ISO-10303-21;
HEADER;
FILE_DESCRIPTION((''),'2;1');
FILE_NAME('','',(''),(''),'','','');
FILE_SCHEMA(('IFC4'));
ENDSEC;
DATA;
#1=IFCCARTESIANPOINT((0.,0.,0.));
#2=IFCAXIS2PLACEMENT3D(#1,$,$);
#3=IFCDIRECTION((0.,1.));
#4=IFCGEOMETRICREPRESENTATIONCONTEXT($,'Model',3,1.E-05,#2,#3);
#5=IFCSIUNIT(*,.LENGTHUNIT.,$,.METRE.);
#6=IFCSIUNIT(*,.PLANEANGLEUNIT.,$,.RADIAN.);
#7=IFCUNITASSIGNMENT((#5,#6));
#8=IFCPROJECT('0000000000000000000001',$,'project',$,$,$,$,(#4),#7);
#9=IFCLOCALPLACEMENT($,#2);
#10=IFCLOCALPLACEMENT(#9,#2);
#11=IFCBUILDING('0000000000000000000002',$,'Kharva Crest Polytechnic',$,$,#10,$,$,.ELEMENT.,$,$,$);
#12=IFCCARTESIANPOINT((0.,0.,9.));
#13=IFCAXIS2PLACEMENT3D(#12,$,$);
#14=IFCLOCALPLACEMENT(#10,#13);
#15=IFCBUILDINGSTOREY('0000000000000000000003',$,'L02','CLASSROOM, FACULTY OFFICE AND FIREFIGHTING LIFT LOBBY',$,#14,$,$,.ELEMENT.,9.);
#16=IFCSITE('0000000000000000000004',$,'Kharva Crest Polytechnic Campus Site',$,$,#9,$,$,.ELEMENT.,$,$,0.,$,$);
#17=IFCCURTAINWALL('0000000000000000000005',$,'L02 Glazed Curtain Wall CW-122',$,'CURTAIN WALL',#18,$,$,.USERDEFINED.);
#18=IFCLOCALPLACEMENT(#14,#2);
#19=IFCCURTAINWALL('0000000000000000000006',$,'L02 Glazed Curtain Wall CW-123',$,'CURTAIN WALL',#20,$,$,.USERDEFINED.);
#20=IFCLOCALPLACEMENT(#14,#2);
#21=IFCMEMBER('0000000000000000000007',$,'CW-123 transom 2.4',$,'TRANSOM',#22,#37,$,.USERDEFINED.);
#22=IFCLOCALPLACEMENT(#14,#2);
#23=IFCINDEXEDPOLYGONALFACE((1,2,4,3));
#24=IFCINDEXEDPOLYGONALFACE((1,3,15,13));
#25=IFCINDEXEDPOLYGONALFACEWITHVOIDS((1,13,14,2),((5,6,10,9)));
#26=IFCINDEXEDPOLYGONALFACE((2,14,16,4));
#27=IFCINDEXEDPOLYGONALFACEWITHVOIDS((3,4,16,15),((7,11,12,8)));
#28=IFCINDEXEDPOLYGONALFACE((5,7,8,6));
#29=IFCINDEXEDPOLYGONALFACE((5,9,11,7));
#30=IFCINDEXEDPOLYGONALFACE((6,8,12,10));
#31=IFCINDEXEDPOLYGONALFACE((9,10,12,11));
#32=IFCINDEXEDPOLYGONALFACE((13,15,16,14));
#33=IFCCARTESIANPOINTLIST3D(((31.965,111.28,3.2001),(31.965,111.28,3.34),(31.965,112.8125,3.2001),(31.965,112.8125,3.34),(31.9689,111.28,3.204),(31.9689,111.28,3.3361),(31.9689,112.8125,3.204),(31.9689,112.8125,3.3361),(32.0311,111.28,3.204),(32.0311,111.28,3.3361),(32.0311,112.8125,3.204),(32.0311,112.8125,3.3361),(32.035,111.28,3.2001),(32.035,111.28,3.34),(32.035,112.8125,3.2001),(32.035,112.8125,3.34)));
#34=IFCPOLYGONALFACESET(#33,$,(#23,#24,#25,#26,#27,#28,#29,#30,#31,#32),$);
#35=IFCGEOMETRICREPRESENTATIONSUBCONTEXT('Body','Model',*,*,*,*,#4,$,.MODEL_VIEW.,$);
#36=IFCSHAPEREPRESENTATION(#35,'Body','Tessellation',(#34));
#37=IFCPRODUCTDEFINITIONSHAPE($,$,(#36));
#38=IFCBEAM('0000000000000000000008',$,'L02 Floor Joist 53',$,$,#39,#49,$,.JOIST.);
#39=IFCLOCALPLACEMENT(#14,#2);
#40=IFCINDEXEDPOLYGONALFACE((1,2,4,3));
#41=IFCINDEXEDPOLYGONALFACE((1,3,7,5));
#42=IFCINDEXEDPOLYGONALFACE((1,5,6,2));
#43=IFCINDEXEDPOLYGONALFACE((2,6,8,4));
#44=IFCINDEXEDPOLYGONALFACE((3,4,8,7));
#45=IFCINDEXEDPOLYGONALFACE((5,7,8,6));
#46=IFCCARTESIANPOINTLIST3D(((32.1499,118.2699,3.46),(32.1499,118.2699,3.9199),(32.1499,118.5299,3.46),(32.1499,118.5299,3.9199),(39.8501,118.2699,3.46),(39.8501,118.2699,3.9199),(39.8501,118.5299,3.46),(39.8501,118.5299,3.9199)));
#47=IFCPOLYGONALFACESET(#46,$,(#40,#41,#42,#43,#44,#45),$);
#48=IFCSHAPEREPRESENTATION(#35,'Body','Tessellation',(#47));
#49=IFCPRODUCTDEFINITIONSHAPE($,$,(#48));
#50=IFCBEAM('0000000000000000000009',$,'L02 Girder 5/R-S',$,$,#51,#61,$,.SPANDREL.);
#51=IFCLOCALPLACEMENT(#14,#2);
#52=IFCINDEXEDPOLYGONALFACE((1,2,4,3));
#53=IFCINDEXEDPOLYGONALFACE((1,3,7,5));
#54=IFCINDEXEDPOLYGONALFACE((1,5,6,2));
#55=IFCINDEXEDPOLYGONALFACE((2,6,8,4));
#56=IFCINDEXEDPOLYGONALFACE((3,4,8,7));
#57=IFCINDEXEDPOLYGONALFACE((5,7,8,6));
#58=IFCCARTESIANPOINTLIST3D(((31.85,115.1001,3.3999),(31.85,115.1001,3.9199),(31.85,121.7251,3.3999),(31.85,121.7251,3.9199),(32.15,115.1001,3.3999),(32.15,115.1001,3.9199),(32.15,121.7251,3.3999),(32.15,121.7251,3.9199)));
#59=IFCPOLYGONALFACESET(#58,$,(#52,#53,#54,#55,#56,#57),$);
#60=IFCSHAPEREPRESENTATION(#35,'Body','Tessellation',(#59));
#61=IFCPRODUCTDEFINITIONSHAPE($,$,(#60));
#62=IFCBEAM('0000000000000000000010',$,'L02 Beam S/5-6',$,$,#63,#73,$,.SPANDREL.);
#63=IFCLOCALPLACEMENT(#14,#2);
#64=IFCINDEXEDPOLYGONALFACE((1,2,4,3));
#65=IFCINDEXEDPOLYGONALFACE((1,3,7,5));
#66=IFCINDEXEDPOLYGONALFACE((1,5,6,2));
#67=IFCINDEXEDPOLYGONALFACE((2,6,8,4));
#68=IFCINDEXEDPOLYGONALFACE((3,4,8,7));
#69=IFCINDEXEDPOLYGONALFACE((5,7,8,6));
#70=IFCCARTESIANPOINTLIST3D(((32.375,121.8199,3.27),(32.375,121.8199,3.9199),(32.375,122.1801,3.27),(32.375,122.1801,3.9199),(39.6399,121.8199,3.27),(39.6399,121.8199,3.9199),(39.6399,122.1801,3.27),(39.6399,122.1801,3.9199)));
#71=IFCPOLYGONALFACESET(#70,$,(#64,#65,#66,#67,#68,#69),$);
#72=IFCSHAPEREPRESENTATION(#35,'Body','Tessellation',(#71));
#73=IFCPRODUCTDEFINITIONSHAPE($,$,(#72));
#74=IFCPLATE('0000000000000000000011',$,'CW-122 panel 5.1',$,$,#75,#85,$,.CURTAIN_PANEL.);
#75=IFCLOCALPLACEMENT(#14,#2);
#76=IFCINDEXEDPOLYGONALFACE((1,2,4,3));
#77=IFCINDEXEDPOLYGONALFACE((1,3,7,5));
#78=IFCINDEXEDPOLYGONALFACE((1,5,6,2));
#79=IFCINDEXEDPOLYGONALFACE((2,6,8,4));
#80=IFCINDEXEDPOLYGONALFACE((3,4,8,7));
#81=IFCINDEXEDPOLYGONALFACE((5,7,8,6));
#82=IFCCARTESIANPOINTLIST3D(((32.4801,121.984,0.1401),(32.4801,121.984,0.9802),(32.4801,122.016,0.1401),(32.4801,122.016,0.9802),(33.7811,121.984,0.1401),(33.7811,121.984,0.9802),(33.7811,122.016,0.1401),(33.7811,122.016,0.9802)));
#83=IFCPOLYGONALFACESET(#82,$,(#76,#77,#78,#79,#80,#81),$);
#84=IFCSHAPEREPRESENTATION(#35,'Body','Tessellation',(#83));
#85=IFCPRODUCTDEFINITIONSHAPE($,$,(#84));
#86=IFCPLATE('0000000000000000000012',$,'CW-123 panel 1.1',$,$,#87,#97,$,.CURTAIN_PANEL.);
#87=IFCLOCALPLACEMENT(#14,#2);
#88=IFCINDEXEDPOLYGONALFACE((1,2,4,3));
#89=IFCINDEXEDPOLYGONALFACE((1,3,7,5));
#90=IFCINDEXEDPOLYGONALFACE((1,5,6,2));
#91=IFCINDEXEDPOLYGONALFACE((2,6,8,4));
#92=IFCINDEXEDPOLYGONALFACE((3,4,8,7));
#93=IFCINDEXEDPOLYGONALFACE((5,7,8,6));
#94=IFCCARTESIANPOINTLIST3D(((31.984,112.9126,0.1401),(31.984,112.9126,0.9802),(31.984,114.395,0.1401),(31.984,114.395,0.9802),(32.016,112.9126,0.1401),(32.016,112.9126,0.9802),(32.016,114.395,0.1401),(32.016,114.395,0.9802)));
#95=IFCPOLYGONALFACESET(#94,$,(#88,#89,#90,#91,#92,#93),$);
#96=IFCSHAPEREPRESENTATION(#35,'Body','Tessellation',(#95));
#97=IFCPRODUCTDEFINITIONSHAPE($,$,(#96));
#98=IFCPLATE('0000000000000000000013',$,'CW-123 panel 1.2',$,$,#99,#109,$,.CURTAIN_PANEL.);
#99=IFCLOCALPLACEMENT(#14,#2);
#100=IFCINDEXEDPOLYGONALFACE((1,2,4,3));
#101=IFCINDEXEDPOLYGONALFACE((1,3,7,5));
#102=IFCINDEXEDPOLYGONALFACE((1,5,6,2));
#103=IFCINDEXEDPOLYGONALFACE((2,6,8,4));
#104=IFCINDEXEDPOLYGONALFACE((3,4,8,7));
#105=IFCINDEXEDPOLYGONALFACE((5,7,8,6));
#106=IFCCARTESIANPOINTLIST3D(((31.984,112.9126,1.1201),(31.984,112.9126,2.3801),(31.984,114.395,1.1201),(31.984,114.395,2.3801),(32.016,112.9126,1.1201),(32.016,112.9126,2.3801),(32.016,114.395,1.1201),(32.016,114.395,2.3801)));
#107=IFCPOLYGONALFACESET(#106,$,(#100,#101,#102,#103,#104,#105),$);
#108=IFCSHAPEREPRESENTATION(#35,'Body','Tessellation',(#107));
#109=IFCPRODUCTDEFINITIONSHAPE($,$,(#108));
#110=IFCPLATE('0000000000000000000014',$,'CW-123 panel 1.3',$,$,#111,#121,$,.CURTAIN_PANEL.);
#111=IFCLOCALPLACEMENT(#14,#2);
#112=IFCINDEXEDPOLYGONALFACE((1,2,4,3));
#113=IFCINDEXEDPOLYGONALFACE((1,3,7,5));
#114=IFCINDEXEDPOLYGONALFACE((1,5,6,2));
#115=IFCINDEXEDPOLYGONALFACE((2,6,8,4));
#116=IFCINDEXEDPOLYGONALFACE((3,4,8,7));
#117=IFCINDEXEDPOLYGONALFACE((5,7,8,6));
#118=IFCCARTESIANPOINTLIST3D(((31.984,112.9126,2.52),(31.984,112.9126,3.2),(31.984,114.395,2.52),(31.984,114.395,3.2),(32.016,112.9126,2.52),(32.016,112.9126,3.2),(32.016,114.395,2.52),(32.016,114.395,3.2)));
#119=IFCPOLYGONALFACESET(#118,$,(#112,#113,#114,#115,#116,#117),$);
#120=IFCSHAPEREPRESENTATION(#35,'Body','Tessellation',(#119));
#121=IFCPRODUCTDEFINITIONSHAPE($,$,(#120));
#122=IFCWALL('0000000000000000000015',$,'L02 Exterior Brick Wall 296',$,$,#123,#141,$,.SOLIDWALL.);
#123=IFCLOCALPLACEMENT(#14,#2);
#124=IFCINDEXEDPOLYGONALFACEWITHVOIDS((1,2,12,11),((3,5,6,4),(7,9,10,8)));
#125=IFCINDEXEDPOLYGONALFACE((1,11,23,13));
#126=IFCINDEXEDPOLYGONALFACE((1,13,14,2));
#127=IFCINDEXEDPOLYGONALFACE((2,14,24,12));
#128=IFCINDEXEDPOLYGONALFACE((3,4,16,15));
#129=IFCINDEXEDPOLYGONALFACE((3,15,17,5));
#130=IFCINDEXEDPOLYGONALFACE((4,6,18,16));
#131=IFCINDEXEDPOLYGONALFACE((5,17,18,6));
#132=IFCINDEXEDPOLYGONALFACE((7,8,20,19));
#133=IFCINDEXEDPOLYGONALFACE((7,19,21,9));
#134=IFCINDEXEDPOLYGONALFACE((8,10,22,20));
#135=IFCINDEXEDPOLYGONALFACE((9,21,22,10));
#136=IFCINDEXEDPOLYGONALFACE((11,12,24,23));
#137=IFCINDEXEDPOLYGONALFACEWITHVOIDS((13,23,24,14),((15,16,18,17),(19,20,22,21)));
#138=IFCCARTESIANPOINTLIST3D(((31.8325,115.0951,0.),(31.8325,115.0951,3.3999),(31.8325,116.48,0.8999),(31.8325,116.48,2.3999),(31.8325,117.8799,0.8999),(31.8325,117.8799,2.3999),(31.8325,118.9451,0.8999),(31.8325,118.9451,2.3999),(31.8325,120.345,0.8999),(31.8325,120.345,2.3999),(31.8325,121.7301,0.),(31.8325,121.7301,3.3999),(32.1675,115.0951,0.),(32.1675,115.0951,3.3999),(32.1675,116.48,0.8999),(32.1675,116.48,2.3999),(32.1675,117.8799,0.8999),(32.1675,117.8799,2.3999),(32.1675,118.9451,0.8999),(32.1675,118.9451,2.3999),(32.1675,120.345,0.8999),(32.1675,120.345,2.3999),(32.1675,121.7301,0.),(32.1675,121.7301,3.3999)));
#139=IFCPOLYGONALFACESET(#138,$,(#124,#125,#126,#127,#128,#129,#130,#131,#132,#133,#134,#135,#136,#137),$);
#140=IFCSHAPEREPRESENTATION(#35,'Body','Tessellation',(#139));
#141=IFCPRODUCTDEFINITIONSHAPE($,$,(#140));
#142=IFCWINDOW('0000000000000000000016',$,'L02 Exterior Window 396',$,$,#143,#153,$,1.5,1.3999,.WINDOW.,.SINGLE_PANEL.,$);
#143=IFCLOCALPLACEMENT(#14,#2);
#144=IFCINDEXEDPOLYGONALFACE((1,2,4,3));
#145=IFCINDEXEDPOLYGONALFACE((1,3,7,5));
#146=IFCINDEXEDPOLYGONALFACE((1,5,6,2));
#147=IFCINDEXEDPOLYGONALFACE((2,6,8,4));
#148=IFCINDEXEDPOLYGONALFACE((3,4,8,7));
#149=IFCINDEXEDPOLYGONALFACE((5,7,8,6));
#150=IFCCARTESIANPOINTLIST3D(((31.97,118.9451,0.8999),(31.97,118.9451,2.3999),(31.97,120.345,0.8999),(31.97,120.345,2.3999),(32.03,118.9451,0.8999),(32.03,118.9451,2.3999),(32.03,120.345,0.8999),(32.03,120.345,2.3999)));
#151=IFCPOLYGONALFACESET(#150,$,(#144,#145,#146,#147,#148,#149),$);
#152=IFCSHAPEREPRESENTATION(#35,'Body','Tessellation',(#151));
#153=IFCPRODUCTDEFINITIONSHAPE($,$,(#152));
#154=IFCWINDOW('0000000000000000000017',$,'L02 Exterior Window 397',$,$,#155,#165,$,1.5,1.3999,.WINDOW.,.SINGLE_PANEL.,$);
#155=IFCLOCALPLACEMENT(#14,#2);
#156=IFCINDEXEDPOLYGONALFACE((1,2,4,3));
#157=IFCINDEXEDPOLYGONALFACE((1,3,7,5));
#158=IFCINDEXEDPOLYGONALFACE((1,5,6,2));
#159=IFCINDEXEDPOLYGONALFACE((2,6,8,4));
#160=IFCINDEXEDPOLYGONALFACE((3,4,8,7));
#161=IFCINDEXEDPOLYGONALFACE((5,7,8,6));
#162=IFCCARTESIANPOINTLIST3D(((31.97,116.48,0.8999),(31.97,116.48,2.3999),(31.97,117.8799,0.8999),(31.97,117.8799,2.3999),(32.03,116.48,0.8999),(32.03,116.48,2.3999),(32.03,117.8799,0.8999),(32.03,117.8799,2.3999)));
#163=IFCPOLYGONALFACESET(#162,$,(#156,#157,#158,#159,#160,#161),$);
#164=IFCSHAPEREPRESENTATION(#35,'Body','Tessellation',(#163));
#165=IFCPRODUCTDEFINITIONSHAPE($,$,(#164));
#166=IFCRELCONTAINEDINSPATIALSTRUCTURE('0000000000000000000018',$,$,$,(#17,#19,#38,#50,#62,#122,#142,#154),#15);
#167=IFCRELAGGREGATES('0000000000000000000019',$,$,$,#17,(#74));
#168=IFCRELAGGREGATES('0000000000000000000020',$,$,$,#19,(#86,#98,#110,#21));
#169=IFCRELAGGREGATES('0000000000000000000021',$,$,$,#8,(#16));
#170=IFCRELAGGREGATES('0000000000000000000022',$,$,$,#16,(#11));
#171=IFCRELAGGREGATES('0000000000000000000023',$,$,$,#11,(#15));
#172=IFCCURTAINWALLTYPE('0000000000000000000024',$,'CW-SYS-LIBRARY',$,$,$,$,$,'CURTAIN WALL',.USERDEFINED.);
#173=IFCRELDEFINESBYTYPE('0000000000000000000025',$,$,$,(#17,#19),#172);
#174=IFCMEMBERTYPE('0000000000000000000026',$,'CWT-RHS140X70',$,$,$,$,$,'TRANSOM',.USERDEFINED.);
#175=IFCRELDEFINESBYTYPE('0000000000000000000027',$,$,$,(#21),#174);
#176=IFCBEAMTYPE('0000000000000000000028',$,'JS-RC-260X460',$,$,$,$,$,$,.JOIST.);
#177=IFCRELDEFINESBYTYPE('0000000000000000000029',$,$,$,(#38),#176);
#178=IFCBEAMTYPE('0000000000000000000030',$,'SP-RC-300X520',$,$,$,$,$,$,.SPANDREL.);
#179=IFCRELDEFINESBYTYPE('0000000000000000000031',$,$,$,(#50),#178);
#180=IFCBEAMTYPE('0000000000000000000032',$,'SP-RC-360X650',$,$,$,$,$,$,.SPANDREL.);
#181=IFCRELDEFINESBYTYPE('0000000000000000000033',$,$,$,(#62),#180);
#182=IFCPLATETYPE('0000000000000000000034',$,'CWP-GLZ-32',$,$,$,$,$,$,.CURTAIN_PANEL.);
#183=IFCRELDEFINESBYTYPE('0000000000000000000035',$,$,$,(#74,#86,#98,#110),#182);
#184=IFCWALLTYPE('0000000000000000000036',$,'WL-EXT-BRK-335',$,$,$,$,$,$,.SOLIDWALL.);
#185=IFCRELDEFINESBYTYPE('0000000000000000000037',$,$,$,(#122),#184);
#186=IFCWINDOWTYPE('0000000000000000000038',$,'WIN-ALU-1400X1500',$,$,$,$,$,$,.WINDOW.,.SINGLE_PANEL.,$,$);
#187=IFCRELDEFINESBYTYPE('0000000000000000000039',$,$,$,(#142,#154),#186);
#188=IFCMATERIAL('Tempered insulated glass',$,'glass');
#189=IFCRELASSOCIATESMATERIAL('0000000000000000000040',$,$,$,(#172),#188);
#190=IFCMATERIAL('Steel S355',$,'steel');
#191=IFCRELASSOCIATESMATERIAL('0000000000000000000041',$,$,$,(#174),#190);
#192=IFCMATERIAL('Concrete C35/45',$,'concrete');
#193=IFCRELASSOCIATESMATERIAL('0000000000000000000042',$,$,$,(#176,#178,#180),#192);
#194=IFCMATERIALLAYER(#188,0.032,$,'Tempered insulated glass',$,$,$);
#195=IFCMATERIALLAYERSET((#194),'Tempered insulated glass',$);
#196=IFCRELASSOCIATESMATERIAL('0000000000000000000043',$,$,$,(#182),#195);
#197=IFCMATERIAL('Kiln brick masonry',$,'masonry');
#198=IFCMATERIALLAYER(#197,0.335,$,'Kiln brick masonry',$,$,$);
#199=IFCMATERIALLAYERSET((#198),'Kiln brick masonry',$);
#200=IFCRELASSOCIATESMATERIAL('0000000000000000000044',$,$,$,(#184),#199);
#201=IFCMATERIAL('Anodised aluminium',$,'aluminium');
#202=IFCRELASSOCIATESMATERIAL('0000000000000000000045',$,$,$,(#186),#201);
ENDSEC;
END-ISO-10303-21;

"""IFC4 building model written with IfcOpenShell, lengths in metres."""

from ifc_helpers import new_model, si_unit, direction, frame, frame_2d, origin, origin_2d, place, context, subcontext, project, spatial, rectangle, hollow_rectangle, extrude, material, layer, layer_set, material_profile, profile_set, type_object, element, fill, aggregate, save


model = new_model("IFC4")

# Units and contexts
model_context = context("Model", 3, precision=1e-05, world=origin(), true_north=direction((0.0, 1.0)))
body_context = subcontext(model_context, "Body", "Model", "MODEL_VIEW")
ifc_project = project(units=[si_unit("LENGTHUNIT", "METRE"), si_unit("PLANEANGLEUNIT", "RADIAN")], contexts=[model_context])

# Site, building, storey
site_placement = place(None, origin())
site = spatial("IfcSite", under=ifc_project, at=site_placement, Name="Kharva Crest Polytechnic Campus Site", CompositionType="ELEMENT", RefElevation=0.0)
building_placement = place(site_placement, origin())
building = spatial("IfcBuilding", under=site, at=building_placement, Name="Kharva Crest Polytechnic", CompositionType="ELEMENT")
storey_placement = place(building_placement, frame((0.0, 0.0, 9.0)))
storey = spatial("IfcBuildingStorey", under=building, at=storey_placement, Name="L02", Description="CLASSROOM, FACULTY OFFICE AND FIREFIGHTING LIFT LOBBY", CompositionType="ELEMENT", Elevation=9.0)

# Shared definitions
ifc_material_1 = material(Name="Concrete C35/45", Category="concrete")

# Curtain wall
ifc_material_2 = material(Name="Tempered insulated glass", Category="glass")
curtain_wall_type = type_object("IfcCurtainWallType", Name="CW-SYS-LIBRARY", ElementType="CURTAIN WALL", PredefinedType="USERDEFINED", material=ifc_material_2)
curtain_wall_1_placement = place(storey_placement, origin())
curtain_wall_1 = element("IfcCurtainWall", 1, at=curtain_wall_1_placement, inside=storey, type_object=curtain_wall_type, Name="L02 Glazed Curtain Wall CW-122", ObjectType="CURTAIN WALL", PredefinedType="USERDEFINED")
ifc_material_3 = material(Name="Steel S355", Category="steel")

# Curtain wall, member
curtain_wall_2_placement = place(storey_placement, origin())
curtain_wall_2 = element("IfcCurtainWall", 2, at=curtain_wall_2_placement, inside=storey, type_object=curtain_wall_type, Name="L02 Glazed Curtain Wall CW-123", ObjectType="CURTAIN WALL", PredefinedType="USERDEFINED")
ifc_material_profile_1 = material_profile(ifc_material_3, hollow_rectangle(XDim=0.0701, YDim=0.1399, WallThickness=0.0039, at=origin_2d()), Name="RHS 140X70X4.0")
ifc_profile_set_1 = profile_set([ifc_material_profile_1], Name="Steel S355")
member_type_1 = type_object("IfcMemberType", Name="CWT-RHS140X70", ElementType="TRANSOM", PredefinedType="USERDEFINED", material=ifc_profile_set_1)
member_1_placement = place(storey_placement, frame((32.0, 112.8125, 3.27), z_axis=(0.0, -1.0, 0.0), x_axis=(1.0, 0.0, 0.0)))
member_1 = element("IfcMember", 3, at=member_1_placement, type_object=member_type_1, Name="CW-123 transom 2.4", ObjectType="TRANSOM", PredefinedType="USERDEFINED", context=body_context, shape_type="SweptSolid", body=[
    extrude(hollow_rectangle(XDim=0.0701, YDim=0.1399, WallThickness=0.0039, at=origin_2d()), origin(), (0.0, 0.0, 1.0), 1.5325),
])

# Beams
ifc_material_profile_2 = material_profile(ifc_material_1, rectangle(XDim=0.26, YDim=0.46, at=origin_2d()), Name="RECT 260 X 460")
ifc_profile_set_2 = profile_set([ifc_material_profile_2], Name="Concrete C35/45")
beam_type_1 = type_object("IfcBeamType", Name="JS-RC-260X460", PredefinedType="JOIST", material=ifc_profile_set_2)
beam_1_placement = place(storey_placement, frame((32.1499, 118.3999, 3.6899), z_axis=(1.0, 0.0, 0.0), x_axis=(0.0, 1.0, 0.0)))
element("IfcBeam", 4, at=beam_1_placement, inside=storey, type_object=beam_type_1, Name="L02 Floor Joist 53", PredefinedType="JOIST", context=body_context, shape_type="SweptSolid", body=[
    extrude(rectangle(XDim=0.26, YDim=0.46, at=origin_2d()), origin(), (0.0, 0.0, 1.0), 7.7002),
])
ifc_material_profile_3 = material_profile(ifc_material_1, rectangle(XDim=0.3, YDim=0.52, at=origin_2d()), Name="RECT 300 X 520")
ifc_profile_set_3 = profile_set([ifc_material_profile_3], Name="Concrete C35/45")
beam_type_2 = type_object("IfcBeamType", Name="SP-RC-300X520", PredefinedType="SPANDREL", material=ifc_profile_set_3)
beam_2_placement = place(storey_placement, frame((32.0, 115.1001, 3.6599), z_axis=(0.0, 1.0, 0.0), x_axis=(-1.0, 0.0, 0.0)))
element("IfcBeam", 5, at=beam_2_placement, inside=storey, type_object=beam_type_2, Name="L02 Girder 5/R-S", PredefinedType="SPANDREL", context=body_context, shape_type="SweptSolid", body=[
    extrude(rectangle(XDim=0.3, YDim=0.52, at=origin_2d()), origin(), (0.0, 0.0, 1.0), 6.625),
])
ifc_material_profile_4 = material_profile(ifc_material_1, rectangle(XDim=0.3601, YDim=0.6499, at=origin_2d()), Name="RECT 360 X 650")
ifc_profile_set_4 = profile_set([ifc_material_profile_4], Name="Concrete C35/45")
beam_type_3 = type_object("IfcBeamType", Name="SP-RC-360X650", PredefinedType="SPANDREL", material=ifc_profile_set_4)
beam_3_placement = place(storey_placement, frame((32.375, 122.0, 3.595), z_axis=(1.0, 0.0, 0.0), x_axis=(0.0, 1.0, 0.0)))
element("IfcBeam", 6, at=beam_3_placement, inside=storey, type_object=beam_type_3, Name="L02 Beam S/5-6", PredefinedType="SPANDREL", context=body_context, shape_type="SweptSolid", body=[
    extrude(rectangle(XDim=0.3601, YDim=0.6499, at=origin_2d()), origin(), (0.0, 0.0, 1.0), 7.2649),
])

# Plates
ifc_layer_1 = layer(ifc_material_2, 0.032, Name="Tempered insulated glass")
ifc_layer_set_1 = layer_set([ifc_layer_1], Name="Tempered insulated glass")
plate_type = type_object("IfcPlateType", Name="CWP-GLZ-32", PredefinedType="CURTAIN_PANEL", material=ifc_layer_set_1)
plate_1_placement = place(storey_placement, frame((33.1306, 122.0, 0.1401), z_axis=(0.0, 0.0, 1.0), x_axis=(-1.0, 0.0, 0.0)))
plate_1 = element("IfcPlate", 7, at=plate_1_placement, type_object=plate_type, Name="CW-122 panel 5.1", PredefinedType="CURTAIN_PANEL", context=body_context, shape_type="SweptSolid", body=[
    extrude(rectangle(XDim=1.301, YDim=0.032, at=origin_2d()), origin(), (0.0, 0.0, 1.0), 0.8401),
])
aggregate(curtain_wall_1, [plate_1])
plate_2_placement = place(storey_placement, frame((32.0, 113.6538, 0.1401), z_axis=(0.0, 0.0, 1.0), x_axis=(0.0, -1.0, 0.0)))
plate_2 = element("IfcPlate", 8, at=plate_2_placement, type_object=plate_type, Name="CW-123 panel 1.1", PredefinedType="CURTAIN_PANEL", context=body_context, shape_type="SweptSolid", body=[
    extrude(rectangle(XDim=1.4824, YDim=0.032, at=origin_2d()), origin(), (0.0, 0.0, 1.0), 0.8401),
])
plate_3_placement = place(storey_placement, frame((32.0, 113.6538, 1.1201), z_axis=(0.0, 0.0, 1.0), x_axis=(0.0, -1.0, 0.0)))
plate_3 = element("IfcPlate", 9, at=plate_3_placement, type_object=plate_type, Name="CW-123 panel 1.2", PredefinedType="CURTAIN_PANEL", context=body_context, shape_type="SweptSolid", body=[
    extrude(rectangle(XDim=1.4824, YDim=0.032, at=origin_2d()), origin(), (0.0, 0.0, 1.0), 1.26),
])
plate_4_placement = place(storey_placement, frame((32.0, 113.6538, 2.52), z_axis=(0.0, 0.0, 1.0), x_axis=(0.0, -1.0, 0.0)))
plate_4 = element("IfcPlate", 10, at=plate_4_placement, type_object=plate_type, Name="CW-123 panel 1.3", PredefinedType="CURTAIN_PANEL", context=body_context, shape_type="SweptSolid", body=[
    extrude(rectangle(XDim=1.4824, YDim=0.032, at=origin_2d()), origin(), (0.0, 0.0, 1.0), 0.6799),
])
aggregate(curtain_wall_2, [plate_2, plate_3, plate_4, member_1])

# Wall, openings, windows
ifc_material_4 = material(Name="Kiln brick masonry", Category="masonry")
ifc_layer_2 = layer(ifc_material_4, 0.335, Name="Kiln brick masonry")
ifc_layer_set_2 = layer_set([ifc_layer_2], Name="Kiln brick masonry")
wall_type = type_object("IfcWallType", Name="WL-EXT-BRK-335", PredefinedType="SOLIDWALL", material=ifc_layer_set_2)
wall_placement = place(storey_placement, frame((32.0, 121.73, 0.0), z_axis=(0.0, 0.0, 1.0), x_axis=(0.0, -1.0, 0.0)))
wall = element("IfcWall", 11, at=wall_placement, inside=storey, type_object=wall_type, Name="L02 Exterior Brick Wall 296", PredefinedType="SOLIDWALL", context=body_context, shape_type="SweptSolid", body=[
    extrude(rectangle(XDim=6.635, YDim=0.335, at=frame_2d((3.3174, 0.0))), origin(), (0.0, 0.0, 1.0), 3.3999),
])
opening_1_placement = place(wall_placement, frame((1.385, 0.0, 0.8999)))
opening_1 = element("IfcOpeningElement", 12, at=opening_1_placement, cuts=wall, PredefinedType="OPENING", context=body_context, shape_type="SweptSolid", body=[
    extrude(rectangle(XDim=1.3999, YDim=1.5, at=frame_2d((0.7, 0.75))), frame((0.0, 0.1775, 0.0), z_axis=(0.0, -1.0, 0.0), x_axis=(1.0, 0.0, 0.0)), (0.0, 0.0, 1.0), 0.355),
])
opening_2_placement = place(wall_placement, frame((3.8501, 0.0, 0.8999)))
opening_2 = element("IfcOpeningElement", 13, at=opening_2_placement, cuts=wall, PredefinedType="OPENING", context=body_context, shape_type="SweptSolid", body=[
    extrude(rectangle(XDim=1.3999, YDim=1.5, at=frame_2d((0.7, 0.75))), frame((0.0, 0.1775, 0.0), z_axis=(0.0, -1.0, 0.0), x_axis=(1.0, 0.0, 0.0)), (0.0, 0.0, 1.0), 0.355),
])
ifc_material_5 = material(Name="Anodised aluminium", Category="aluminium")
window_type = type_object("IfcWindowType", Name="WIN-ALU-1400X1500", PartitioningType="SINGLE_PANEL", PredefinedType="WINDOW", material=ifc_material_5)
window_1_placement = place(opening_1_placement, origin())
window_1 = element("IfcWindow", 14, at=window_1_placement, inside=storey, type_object=window_type, Name="L02 Exterior Window 396", OverallHeight=1.5, OverallWidth=1.3999, PartitioningType="SINGLE_PANEL", PredefinedType="WINDOW", context=body_context, shape_type="SweptSolid", body=[
    extrude(rectangle(XDim=1.3999, YDim=1.5, at=frame_2d((0.7, 0.75))), frame((0.0, 0.03, 0.0), z_axis=(0.0, -1.0, 0.0), x_axis=(1.0, 0.0, 0.0)), (0.0, 0.0, 1.0), 0.0601),
])
fill(opening_1, window_1)
window_2_placement = place(opening_2_placement, origin())
window_2 = element("IfcWindow", 15, at=window_2_placement, inside=storey, type_object=window_type, Name="L02 Exterior Window 397", OverallHeight=1.5, OverallWidth=1.3999, PartitioningType="SINGLE_PANEL", PredefinedType="WINDOW", context=body_context, shape_type="SweptSolid", body=[
    extrude(rectangle(XDim=1.3999, YDim=1.5, at=frame_2d((0.7, 0.75))), frame((0.0, 0.03, 0.0), z_axis=(0.0, -1.0, 0.0), x_axis=(1.0, 0.0, 0.0)), (0.0, 0.0, 1.0), 0.0601),
])
fill(opening_2, window_2)

save(model, "model.ifc")
